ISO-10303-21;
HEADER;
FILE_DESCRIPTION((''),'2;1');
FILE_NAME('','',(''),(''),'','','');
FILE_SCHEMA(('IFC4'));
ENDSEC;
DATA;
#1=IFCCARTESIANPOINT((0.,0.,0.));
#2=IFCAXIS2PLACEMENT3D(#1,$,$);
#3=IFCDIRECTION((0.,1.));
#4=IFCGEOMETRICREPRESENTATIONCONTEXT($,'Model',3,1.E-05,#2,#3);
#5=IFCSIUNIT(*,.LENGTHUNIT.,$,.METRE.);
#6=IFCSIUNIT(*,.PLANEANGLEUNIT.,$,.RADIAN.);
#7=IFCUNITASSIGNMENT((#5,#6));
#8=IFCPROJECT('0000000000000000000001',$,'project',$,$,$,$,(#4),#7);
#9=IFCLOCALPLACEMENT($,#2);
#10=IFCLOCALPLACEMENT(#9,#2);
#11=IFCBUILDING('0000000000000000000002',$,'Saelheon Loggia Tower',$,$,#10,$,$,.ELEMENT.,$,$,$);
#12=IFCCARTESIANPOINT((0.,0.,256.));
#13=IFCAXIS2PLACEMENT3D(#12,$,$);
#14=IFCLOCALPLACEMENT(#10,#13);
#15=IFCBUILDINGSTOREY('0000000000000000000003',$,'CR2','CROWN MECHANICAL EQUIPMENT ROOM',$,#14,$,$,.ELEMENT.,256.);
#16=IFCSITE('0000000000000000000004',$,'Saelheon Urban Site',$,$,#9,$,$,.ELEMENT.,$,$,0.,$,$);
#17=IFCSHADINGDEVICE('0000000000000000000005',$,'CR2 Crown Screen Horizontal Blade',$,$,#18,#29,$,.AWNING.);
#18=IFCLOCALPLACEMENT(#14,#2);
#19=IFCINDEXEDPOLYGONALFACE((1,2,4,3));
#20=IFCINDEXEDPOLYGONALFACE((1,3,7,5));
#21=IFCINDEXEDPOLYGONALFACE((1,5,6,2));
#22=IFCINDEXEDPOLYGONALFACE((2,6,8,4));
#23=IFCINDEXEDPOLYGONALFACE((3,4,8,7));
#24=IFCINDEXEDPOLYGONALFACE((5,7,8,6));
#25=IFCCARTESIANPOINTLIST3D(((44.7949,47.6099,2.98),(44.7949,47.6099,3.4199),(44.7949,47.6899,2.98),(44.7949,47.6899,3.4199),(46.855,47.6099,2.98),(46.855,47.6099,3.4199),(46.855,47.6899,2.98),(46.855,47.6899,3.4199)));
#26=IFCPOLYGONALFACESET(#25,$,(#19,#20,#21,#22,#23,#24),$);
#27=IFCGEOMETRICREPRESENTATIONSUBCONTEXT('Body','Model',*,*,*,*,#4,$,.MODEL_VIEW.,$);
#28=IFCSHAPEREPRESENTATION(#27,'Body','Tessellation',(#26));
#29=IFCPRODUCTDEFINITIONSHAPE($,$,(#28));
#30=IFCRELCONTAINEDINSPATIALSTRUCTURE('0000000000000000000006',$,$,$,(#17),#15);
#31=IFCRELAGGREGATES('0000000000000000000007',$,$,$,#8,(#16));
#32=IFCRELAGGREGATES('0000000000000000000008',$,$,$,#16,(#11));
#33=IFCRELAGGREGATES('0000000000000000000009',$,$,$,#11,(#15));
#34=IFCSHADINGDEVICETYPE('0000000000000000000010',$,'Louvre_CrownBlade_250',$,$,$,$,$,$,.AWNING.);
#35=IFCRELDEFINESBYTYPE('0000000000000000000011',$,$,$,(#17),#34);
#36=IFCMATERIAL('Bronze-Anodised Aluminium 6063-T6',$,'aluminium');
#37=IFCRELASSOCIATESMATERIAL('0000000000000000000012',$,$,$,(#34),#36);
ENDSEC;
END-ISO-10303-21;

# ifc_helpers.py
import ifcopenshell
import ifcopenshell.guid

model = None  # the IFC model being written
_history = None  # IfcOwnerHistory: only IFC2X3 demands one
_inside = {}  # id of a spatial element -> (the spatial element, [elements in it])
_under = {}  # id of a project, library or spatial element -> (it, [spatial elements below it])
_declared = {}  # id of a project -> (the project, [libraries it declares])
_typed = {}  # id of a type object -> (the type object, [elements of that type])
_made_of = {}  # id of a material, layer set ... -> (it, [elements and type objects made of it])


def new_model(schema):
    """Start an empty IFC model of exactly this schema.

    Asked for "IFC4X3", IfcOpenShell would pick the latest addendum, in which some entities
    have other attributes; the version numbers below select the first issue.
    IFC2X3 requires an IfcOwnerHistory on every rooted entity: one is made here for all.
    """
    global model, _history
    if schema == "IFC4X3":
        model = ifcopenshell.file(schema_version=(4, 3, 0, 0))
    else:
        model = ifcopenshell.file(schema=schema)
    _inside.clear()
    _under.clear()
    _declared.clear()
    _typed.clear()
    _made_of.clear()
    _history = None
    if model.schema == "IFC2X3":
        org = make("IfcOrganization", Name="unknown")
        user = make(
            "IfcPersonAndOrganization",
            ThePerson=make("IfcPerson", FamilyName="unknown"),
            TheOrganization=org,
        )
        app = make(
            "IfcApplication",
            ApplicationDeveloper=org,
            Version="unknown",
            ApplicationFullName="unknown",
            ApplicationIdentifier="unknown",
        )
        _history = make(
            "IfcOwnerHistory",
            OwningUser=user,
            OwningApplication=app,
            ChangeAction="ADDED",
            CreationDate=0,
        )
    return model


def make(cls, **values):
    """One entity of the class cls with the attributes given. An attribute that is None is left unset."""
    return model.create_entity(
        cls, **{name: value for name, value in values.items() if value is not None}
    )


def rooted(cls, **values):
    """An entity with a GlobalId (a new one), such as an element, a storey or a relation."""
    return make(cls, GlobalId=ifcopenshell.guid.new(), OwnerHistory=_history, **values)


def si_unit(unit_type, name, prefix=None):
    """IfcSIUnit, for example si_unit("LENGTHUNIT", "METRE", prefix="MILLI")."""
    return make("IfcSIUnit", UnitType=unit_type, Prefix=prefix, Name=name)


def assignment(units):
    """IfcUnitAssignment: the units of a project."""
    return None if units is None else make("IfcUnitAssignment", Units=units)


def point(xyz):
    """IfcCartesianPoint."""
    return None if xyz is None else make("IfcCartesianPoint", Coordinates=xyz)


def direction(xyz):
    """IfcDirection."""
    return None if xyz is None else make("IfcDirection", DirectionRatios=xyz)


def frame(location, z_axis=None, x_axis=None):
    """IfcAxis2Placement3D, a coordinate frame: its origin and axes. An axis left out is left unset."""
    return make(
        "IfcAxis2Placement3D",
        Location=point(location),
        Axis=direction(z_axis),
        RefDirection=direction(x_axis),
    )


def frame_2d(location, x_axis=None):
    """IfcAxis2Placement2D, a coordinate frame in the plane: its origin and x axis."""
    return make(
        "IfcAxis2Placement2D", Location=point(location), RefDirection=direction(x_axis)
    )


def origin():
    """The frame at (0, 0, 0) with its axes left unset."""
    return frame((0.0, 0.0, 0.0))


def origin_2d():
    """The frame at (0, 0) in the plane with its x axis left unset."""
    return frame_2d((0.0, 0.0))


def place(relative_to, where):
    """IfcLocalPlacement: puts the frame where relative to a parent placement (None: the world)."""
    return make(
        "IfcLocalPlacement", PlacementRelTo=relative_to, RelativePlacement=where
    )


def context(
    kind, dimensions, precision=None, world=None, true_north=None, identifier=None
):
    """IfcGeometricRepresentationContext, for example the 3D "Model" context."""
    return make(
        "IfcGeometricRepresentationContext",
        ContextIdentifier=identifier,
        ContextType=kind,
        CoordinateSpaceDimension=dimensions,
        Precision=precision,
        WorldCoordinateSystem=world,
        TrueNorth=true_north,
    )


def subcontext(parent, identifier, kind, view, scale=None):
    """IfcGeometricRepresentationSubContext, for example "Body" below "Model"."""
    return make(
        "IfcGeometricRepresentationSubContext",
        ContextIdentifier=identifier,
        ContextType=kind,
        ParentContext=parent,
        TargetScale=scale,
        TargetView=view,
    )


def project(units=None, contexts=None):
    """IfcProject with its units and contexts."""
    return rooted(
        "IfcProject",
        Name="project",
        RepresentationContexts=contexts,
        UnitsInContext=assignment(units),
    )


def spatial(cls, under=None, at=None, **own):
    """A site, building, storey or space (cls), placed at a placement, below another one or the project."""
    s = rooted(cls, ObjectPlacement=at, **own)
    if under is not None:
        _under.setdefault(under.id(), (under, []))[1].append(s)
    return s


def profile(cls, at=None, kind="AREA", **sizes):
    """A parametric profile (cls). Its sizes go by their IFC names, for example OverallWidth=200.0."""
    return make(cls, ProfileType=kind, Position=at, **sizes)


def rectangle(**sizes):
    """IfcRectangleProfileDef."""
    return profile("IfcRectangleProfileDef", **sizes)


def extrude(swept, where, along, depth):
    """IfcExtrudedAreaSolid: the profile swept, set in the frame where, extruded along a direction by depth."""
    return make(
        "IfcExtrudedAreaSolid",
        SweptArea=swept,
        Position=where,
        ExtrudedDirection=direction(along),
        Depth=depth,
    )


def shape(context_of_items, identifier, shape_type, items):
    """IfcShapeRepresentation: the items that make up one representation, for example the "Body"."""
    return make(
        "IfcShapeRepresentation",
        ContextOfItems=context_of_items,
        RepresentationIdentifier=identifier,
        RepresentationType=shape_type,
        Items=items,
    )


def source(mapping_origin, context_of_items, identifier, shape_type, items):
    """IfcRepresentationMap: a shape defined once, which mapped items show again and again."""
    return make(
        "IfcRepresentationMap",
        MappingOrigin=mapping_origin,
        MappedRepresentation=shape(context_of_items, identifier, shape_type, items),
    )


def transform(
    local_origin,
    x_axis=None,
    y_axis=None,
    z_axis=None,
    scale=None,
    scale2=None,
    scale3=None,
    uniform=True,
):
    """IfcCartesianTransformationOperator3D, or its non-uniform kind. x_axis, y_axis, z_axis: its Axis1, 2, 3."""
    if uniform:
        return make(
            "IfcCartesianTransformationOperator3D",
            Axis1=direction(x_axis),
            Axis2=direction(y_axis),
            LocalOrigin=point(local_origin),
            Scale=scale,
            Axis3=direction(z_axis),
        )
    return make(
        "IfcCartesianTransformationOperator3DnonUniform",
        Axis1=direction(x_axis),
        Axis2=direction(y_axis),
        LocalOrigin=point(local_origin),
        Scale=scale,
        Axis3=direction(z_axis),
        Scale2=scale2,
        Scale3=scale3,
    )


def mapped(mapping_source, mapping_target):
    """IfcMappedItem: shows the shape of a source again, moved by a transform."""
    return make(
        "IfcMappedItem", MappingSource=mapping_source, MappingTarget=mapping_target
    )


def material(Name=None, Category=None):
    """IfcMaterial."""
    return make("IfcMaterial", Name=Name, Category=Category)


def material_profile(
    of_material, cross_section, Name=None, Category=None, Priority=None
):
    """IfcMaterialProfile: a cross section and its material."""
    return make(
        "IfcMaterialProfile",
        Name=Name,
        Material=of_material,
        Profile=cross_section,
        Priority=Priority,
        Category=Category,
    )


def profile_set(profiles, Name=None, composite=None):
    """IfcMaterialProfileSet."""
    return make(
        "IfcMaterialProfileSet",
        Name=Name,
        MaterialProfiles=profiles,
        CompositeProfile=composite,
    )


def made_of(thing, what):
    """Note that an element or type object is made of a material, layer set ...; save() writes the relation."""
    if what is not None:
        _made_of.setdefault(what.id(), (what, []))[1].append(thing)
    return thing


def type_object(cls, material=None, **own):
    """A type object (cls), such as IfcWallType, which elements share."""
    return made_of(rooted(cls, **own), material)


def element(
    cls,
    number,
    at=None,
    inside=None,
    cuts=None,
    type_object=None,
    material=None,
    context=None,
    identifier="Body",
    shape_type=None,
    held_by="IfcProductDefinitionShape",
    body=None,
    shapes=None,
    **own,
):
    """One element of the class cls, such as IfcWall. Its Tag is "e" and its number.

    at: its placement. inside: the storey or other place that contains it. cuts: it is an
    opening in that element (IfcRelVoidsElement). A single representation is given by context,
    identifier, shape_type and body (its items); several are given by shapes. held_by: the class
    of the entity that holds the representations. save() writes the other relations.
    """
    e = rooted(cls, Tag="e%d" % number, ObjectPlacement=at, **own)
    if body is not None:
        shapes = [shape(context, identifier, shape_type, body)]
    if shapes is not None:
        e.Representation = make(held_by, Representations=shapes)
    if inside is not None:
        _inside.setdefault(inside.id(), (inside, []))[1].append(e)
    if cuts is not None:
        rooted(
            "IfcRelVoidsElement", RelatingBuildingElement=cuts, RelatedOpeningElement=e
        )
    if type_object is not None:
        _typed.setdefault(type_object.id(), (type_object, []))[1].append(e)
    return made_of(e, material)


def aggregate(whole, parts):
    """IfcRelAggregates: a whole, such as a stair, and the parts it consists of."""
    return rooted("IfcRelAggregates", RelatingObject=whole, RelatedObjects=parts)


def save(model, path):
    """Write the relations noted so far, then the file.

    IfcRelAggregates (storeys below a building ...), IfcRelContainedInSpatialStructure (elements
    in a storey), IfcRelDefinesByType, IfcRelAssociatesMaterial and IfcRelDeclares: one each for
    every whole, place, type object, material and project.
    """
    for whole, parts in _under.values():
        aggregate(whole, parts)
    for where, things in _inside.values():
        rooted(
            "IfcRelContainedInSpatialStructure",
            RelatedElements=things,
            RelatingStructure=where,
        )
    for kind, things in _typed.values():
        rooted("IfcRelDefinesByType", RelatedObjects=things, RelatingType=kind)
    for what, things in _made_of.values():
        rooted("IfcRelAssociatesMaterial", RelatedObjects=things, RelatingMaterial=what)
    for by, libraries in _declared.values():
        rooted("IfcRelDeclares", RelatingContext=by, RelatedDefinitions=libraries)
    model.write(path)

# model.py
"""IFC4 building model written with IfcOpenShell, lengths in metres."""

from ifc_helpers import new_model, si_unit, direction, frame, origin, origin_2d, place, context, subcontext, project, spatial, rectangle, extrude, source, transform, mapped, material, material_profile, profile_set, type_object, element, save


model = new_model("IFC4")

# Units and contexts
model_context = context("Model", 3, precision=1e-05, world=origin(), true_north=direction((0.0, 1.0)))
body_context = subcontext(model_context, "Body", "Model", "MODEL_VIEW")
ifc_project = project(units=[si_unit("LENGTHUNIT", "METRE"), si_unit("PLANEANGLEUNIT", "RADIAN")], contexts=[model_context])

# Site, building, storey
site_placement = place(None, origin())
site = spatial("IfcSite", under=ifc_project, at=site_placement, Name="Saelheon Urban Site", CompositionType="ELEMENT", RefElevation=0.0)
building_placement = place(site_placement, origin())
building = spatial("IfcBuilding", under=site, at=building_placement, Name="Saelheon Loggia Tower", CompositionType="ELEMENT")
storey_placement = place(building_placement, frame((0.0, 0.0, 256.0)))
storey = spatial("IfcBuildingStorey", under=building, at=storey_placement, Name="CR2", Description="CROWN MECHANICAL EQUIPMENT ROOM", CompositionType="ELEMENT", Elevation=256.0)

# Shared definitions
ifc_material_1 = material(Name="Bronze-Anodised Aluminium 6063-T6", Category="aluminium")

# Shading device
ifc_material_profile_1 = material_profile(ifc_material_1, rectangle(XDim=0.0801, YDim=0.4399, at=origin_2d()), Name="Louvre_CrownBlade_250")
ifc_profile_set_1 = profile_set([ifc_material_profile_1], Name="Bronze-Anodised Aluminium 6063-T6")
shading_device_type = type_object("IfcShadingDeviceType", Name="Louvre_CrownBlade_250", PredefinedType="AWNING", material=ifc_profile_set_1)
shared_shape_1 = source(origin(), body_context, "Body", "SweptSolid", [
    extrude(rectangle(XDim=0.0801, YDim=0.4399, at=origin_2d()), origin(), (0.0, 0.0, 1.0), 2.0601),
])
for number, where, z_axis, x_axis, name in (
    (1, (46.855, 47.6499, 3.2), (-1.0, 0.0, 0.0), (0.0, -1.0, 0.0), "CR2 Crown Screen Horizontal Blade"),
):
    element("IfcShadingDevice", number, at=place(storey_placement, frame(where, z_axis=z_axis, x_axis=x_axis)), inside=storey, type_object=shading_device_type, Name=name, PredefinedType="AWNING", context=body_context, shape_type="MappedRepresentation", body=[
        mapped(shared_shape_1, transform((0.0, 0.0, 0.0), scale=1.0)),
    ])

save(model, "model.ifc")
